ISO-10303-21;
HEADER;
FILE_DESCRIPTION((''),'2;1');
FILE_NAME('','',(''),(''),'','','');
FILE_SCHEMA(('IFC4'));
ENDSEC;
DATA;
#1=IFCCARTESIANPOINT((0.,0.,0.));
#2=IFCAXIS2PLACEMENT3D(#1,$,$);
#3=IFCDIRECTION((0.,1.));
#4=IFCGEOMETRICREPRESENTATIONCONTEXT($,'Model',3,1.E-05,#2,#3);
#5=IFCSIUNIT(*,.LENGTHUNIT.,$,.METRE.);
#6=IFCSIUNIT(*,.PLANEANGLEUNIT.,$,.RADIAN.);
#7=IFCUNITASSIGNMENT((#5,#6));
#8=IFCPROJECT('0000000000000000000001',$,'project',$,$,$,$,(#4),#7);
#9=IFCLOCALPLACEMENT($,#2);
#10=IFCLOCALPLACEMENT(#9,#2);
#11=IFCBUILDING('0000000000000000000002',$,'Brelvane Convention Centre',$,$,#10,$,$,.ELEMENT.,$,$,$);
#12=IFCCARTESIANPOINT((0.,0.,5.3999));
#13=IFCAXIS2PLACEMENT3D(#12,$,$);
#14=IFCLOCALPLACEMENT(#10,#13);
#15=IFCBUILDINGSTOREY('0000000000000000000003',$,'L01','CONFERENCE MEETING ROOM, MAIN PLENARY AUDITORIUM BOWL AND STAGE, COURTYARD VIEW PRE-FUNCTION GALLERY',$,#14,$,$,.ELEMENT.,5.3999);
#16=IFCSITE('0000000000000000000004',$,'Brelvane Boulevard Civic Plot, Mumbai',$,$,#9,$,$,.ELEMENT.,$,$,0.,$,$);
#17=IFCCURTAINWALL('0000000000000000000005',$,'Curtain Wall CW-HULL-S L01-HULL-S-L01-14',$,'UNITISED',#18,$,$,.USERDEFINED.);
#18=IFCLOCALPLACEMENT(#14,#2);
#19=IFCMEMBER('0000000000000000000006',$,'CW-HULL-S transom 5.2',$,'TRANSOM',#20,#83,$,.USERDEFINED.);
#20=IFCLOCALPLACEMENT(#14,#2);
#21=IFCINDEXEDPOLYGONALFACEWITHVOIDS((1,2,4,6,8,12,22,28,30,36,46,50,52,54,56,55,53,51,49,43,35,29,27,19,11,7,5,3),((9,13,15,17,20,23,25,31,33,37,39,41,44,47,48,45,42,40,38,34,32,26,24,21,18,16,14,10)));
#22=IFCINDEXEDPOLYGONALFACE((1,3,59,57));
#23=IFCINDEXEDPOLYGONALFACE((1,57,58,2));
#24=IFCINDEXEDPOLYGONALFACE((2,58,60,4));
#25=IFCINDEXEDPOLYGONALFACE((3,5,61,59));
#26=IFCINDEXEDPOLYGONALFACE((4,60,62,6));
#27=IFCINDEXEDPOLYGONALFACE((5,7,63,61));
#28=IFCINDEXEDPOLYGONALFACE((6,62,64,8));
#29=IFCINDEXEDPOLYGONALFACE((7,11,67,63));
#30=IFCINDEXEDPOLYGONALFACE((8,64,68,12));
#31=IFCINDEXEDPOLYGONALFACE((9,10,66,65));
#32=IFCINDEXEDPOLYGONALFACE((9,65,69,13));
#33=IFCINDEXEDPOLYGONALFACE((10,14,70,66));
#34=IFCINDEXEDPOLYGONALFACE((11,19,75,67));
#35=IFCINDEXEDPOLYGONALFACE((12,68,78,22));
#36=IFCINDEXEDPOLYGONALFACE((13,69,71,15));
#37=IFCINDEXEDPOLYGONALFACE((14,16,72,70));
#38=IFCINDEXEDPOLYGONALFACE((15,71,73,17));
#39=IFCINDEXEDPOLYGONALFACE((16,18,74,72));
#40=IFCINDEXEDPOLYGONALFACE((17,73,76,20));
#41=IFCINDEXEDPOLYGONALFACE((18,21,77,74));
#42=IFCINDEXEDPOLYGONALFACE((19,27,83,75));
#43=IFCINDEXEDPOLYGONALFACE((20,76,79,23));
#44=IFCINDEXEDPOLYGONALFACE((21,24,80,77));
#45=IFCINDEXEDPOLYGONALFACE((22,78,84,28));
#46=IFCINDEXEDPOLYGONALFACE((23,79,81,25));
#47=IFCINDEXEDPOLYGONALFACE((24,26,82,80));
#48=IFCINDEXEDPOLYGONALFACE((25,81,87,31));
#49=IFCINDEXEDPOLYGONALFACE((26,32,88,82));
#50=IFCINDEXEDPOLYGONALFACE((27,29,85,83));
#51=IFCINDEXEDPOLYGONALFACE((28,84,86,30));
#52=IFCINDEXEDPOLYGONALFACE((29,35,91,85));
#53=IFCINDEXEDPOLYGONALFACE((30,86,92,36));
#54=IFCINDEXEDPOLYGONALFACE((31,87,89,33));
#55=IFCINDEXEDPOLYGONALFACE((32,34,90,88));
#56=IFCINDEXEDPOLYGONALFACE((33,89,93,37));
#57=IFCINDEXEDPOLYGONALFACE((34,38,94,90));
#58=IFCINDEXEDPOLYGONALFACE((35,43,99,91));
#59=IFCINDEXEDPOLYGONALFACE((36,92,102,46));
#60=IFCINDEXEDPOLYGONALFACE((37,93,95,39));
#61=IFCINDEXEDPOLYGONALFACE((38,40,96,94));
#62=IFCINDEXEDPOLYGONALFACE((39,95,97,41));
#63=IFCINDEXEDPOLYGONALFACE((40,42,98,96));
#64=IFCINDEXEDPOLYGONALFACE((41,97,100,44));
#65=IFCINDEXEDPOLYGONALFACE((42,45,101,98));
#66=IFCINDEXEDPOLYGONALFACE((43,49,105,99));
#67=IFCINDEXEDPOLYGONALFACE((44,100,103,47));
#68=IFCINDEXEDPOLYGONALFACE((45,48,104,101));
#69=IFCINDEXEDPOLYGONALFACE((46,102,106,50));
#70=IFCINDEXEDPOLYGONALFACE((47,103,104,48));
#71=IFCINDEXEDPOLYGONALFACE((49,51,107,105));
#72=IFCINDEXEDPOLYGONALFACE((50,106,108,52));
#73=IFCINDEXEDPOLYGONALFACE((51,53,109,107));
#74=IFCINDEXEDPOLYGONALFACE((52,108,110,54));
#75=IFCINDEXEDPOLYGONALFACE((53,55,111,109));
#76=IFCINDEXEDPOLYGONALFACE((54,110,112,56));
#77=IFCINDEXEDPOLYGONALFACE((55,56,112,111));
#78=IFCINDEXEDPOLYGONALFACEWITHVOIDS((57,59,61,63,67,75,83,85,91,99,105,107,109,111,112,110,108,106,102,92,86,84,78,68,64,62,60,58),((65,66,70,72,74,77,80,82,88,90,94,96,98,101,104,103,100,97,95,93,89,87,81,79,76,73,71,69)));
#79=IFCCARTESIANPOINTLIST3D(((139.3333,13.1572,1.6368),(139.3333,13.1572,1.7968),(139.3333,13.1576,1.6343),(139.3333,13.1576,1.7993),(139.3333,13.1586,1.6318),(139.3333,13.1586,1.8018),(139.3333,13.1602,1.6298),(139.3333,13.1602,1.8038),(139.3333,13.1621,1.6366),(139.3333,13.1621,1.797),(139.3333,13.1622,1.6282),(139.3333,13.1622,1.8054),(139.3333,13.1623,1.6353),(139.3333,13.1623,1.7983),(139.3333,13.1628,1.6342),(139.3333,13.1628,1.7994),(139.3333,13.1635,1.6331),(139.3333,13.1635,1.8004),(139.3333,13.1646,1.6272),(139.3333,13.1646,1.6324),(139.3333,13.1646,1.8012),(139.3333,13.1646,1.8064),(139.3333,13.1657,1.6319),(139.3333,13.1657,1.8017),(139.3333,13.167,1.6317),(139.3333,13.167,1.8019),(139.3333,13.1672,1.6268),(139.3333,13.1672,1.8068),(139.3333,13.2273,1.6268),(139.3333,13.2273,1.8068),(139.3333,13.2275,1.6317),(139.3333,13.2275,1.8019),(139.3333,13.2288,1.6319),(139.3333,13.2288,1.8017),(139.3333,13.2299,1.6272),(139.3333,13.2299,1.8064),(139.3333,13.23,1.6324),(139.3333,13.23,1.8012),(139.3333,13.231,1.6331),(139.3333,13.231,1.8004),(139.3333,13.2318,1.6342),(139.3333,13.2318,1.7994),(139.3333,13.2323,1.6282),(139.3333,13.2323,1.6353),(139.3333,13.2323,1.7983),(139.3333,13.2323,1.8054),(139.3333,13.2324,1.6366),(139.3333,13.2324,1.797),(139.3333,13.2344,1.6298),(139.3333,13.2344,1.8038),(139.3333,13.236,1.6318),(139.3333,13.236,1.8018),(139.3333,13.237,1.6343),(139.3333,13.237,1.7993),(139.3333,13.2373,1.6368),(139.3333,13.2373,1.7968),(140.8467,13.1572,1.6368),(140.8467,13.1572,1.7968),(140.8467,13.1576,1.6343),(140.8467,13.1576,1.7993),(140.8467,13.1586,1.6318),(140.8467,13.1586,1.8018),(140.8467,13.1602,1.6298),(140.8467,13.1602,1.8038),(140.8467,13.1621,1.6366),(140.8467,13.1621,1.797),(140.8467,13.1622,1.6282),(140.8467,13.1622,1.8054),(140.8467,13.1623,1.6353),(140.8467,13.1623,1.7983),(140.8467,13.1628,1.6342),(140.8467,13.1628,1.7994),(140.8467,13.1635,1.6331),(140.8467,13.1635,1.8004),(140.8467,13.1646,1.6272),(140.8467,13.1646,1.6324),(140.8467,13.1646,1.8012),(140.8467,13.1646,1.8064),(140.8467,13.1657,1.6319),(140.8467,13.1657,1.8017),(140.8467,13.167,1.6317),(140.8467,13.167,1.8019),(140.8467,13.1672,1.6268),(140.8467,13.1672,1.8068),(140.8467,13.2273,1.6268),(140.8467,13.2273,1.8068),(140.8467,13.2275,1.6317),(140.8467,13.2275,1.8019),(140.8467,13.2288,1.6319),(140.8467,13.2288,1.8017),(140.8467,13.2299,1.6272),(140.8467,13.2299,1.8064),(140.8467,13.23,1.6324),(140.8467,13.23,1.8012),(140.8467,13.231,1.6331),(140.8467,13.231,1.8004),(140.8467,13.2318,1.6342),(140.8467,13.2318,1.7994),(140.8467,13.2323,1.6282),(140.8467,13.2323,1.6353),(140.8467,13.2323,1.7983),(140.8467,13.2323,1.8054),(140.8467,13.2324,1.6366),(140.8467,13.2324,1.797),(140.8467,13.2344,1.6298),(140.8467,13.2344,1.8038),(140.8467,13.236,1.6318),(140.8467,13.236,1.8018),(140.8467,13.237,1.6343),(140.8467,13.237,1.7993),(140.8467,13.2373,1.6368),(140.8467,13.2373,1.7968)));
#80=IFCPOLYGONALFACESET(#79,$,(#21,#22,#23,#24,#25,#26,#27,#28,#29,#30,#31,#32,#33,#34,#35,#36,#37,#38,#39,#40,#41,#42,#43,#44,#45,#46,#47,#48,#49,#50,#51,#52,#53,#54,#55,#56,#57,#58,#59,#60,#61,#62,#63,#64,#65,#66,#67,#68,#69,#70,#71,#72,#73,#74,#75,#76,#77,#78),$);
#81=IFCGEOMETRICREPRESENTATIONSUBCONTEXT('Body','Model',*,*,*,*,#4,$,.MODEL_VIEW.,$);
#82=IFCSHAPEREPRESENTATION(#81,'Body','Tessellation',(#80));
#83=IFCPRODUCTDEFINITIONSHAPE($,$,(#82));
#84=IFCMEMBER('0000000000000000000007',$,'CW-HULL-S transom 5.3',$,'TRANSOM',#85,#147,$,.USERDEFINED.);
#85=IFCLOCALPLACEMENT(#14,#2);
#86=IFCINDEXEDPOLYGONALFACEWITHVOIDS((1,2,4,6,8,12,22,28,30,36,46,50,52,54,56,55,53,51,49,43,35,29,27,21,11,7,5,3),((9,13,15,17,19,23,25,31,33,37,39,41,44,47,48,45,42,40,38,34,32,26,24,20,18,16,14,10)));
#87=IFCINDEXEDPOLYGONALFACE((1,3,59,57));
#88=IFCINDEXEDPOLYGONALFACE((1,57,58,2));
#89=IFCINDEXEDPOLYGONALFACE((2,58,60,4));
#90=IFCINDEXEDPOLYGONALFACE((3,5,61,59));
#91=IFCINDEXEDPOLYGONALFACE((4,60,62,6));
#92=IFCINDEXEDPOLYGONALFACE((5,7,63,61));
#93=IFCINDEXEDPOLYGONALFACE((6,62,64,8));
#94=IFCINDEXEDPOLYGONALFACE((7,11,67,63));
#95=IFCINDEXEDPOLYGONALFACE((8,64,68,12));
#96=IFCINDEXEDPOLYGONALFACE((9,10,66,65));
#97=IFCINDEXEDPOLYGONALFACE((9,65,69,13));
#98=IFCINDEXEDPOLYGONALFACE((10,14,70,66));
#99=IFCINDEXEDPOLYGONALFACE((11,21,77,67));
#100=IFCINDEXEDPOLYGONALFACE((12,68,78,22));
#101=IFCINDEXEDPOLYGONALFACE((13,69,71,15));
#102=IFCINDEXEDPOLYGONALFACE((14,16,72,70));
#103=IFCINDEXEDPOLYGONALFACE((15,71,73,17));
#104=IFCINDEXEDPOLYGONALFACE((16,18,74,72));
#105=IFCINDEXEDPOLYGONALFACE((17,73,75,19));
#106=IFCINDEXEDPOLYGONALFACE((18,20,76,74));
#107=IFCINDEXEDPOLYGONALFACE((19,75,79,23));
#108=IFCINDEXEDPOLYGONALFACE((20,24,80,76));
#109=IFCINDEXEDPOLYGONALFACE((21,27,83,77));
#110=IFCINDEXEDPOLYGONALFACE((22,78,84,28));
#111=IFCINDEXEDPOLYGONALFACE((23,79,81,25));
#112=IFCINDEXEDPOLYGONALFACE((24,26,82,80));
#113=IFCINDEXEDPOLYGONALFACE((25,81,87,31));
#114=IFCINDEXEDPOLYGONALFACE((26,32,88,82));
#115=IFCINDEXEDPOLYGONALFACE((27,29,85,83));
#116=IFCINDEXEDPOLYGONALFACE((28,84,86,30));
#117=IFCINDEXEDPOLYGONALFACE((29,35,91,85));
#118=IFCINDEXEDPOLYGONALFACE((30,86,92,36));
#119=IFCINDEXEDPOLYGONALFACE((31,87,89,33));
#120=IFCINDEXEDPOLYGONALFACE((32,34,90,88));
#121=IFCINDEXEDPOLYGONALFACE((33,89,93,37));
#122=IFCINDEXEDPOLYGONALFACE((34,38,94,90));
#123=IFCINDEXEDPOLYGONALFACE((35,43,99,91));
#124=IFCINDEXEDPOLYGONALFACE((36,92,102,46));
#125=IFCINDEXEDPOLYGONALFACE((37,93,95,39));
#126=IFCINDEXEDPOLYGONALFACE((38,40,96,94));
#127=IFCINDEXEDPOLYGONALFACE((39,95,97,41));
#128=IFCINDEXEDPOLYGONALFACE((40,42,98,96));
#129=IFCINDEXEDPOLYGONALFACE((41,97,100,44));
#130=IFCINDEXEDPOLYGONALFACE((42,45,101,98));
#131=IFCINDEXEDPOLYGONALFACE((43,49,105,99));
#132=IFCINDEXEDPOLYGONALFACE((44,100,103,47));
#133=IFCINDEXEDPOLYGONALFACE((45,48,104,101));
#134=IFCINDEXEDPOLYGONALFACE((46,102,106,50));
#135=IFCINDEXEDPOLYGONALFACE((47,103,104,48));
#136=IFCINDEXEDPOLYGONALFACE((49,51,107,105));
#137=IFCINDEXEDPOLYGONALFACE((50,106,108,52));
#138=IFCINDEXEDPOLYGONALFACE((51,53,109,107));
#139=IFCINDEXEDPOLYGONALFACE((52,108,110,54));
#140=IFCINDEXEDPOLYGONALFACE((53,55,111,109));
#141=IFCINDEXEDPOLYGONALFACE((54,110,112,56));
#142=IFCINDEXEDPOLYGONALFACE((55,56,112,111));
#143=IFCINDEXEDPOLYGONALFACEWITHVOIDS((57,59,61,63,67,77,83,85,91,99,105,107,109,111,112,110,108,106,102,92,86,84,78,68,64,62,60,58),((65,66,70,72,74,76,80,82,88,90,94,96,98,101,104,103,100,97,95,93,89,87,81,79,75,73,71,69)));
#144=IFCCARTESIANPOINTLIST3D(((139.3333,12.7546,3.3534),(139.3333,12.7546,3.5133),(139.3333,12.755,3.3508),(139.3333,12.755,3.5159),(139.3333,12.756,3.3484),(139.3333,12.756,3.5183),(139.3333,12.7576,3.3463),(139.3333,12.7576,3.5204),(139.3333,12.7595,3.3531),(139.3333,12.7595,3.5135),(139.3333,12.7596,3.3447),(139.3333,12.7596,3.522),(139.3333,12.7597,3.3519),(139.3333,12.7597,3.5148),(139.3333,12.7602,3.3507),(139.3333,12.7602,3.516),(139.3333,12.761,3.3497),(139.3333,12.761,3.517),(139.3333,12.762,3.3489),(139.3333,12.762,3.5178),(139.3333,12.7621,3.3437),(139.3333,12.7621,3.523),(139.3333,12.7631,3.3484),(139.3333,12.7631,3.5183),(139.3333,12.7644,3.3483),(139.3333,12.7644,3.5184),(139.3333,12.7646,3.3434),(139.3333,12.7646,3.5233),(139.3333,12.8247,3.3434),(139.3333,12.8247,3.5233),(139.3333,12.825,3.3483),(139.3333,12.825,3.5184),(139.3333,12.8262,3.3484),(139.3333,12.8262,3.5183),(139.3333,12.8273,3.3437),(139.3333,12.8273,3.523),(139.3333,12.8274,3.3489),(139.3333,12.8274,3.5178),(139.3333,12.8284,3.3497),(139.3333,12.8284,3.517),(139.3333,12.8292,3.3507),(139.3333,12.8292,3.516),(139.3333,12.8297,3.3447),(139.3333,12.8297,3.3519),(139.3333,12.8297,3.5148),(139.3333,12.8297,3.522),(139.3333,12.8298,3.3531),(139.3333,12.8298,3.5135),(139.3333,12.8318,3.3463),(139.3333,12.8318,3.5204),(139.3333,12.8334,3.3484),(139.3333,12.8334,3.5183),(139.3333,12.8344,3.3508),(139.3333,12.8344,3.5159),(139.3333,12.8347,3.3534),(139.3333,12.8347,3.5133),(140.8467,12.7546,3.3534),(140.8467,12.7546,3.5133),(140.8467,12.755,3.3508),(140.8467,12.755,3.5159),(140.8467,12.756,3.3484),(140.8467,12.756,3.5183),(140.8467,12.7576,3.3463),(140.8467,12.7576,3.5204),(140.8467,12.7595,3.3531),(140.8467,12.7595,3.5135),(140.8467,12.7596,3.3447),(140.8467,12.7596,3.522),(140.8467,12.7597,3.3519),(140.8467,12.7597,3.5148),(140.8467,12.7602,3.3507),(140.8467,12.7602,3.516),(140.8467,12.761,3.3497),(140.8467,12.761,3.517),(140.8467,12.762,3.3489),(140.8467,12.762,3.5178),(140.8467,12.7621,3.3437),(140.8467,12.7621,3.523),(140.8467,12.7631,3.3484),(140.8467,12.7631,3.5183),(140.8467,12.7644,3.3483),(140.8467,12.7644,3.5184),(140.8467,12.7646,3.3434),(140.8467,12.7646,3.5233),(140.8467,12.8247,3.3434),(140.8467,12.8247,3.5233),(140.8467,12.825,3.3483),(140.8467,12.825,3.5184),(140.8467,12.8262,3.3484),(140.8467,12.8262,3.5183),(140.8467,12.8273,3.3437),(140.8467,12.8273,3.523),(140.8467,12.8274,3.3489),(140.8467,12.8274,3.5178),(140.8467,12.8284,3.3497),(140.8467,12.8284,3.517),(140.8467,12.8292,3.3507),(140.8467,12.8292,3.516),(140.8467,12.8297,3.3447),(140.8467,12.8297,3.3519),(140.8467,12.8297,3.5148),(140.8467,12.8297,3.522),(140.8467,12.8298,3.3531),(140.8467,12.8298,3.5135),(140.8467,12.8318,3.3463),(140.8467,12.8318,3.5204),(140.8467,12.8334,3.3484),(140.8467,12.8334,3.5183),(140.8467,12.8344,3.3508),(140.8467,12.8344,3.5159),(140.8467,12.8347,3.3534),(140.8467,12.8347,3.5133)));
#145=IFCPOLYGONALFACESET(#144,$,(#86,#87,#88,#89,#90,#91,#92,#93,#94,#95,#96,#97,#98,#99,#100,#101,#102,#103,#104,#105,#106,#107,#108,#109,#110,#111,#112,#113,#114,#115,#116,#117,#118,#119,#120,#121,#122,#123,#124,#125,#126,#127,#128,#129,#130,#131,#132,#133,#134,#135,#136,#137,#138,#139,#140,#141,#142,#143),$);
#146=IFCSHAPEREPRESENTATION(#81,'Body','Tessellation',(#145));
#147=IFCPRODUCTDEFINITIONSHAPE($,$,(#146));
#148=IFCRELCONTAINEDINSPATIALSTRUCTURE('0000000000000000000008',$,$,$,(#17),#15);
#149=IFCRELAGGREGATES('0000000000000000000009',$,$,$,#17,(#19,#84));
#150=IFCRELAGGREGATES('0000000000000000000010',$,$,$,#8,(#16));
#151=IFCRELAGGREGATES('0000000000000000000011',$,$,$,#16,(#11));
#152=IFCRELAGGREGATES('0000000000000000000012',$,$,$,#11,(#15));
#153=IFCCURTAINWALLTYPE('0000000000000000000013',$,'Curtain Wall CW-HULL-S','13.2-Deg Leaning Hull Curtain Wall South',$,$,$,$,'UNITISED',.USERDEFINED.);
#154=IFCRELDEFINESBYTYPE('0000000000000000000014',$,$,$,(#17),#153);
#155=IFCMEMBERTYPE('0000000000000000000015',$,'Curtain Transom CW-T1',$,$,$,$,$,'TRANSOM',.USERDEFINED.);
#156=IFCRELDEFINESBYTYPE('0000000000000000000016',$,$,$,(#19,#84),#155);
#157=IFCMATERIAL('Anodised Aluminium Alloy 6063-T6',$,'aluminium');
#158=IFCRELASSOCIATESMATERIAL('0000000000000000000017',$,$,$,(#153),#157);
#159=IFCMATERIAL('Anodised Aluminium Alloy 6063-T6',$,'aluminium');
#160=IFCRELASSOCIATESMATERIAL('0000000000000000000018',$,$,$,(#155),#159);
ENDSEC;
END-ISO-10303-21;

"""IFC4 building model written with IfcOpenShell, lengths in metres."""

from ifc_helpers import new_model, si_unit, direction, frame, origin, origin_2d, place, context, subcontext, project, spatial, hollow_rectangle, extrude, material, material_profile, profile_set, type_object, element, aggregate, save


model = new_model("IFC4")

# Units and contexts
model_context = context("Model", 3, precision=1e-05, world=origin(), true_north=direction((0.0, 1.0)))
body_context = subcontext(model_context, "Body", "Model", "MODEL_VIEW")
ifc_project = project(units=[si_unit("LENGTHUNIT", "METRE"), si_unit("PLANEANGLEUNIT", "RADIAN")], contexts=[model_context])

# Site, building, storey
site_placement = place(None, origin())
site = spatial("IfcSite", under=ifc_project, at=site_placement, Name="Brelvane Boulevard Civic Plot, Mumbai", CompositionType="ELEMENT", RefElevation=0.0)
building_placement = place(site_placement, origin())
building = spatial("IfcBuilding", under=site, at=building_placement, Name="Brelvane Convention Centre", CompositionType="ELEMENT")
storey_placement = place(building_placement, frame((0.0, 0.0, 5.3999)))
storey = spatial("IfcBuildingStorey", under=building, at=storey_placement, Name="L01", Description="CONFERENCE MEETING ROOM, MAIN PLENARY AUDITORIUM BOWL AND STAGE, COURTYARD VIEW PRE-FUNCTION GALLERY", CompositionType="ELEMENT", Elevation=5.3999)

# Curtain wall, members
ifc_material_1 = material(Name="Anodised Aluminium Alloy 6063-T6", Category="aluminium")
curtain_wall_type = type_object("IfcCurtainWallType", Name="Curtain Wall CW-HULL-S", Description="13.2-Deg Leaning Hull Curtain Wall South", ElementType="UNITISED", PredefinedType="USERDEFINED", material=ifc_material_1)
curtain_wall_1_placement = place(storey_placement, origin())
curtain_wall_1 = element("IfcCurtainWall", 1, at=curtain_wall_1_placement, inside=storey, type_object=curtain_wall_type, Name="Curtain Wall CW-HULL-S L01-HULL-S-L01-14", ObjectType="UNITISED", PredefinedType="USERDEFINED")
ifc_material_2 = material(Name="Anodised Aluminium Alloy 6063-T6", Category="aluminium")
ifc_material_profile_1 = material_profile(ifc_material_2, hollow_rectangle(XDim=0.0801, YDim=0.1799, WallThickness=0.0049, InnerFilletRadius=0.0049, OuterFilletRadius=0.01, at=origin_2d()), Name="ALU-T 180x80x5.0")
ifc_profile_set_1 = profile_set([ifc_material_profile_1], Name="Anodised Aluminium Alloy 6063-T6")
member_type_1 = type_object("IfcMemberType", Name="Curtain Transom CW-T1", ElementType="TRANSOM", PredefinedType="USERDEFINED", material=ifc_profile_set_1)
member_1_placement = place(storey_placement, frame((139.3333, 13.1973, 1.7168), z_axis=(1.0, 0.0, 0.0), x_axis=(0.0, 1.0, 0.0)))
member_1 = element("IfcMember", 2, at=member_1_placement, type_object=member_type_1, Name="CW-HULL-S transom 5.2", ObjectType="TRANSOM", PredefinedType="USERDEFINED", context=body_context, shape_type="SweptSolid", body=[
    extrude(hollow_rectangle(XDim=0.0801, YDim=0.1799, WallThickness=0.0049, InnerFilletRadius=0.0049, OuterFilletRadius=0.01, at=origin_2d()), origin(), (0.0, 0.0, 1.0), 1.5134),
])
member_2_placement = place(storey_placement, frame((139.3333, 12.7947, 3.4333), z_axis=(1.0, 0.0, 0.0), x_axis=(0.0, 1.0, 0.0)))
member_2 = element("IfcMember", 3, at=member_2_placement, type_object=member_type_1, Name="CW-HULL-S transom 5.3", ObjectType="TRANSOM", PredefinedType="USERDEFINED", context=body_context, shape_type="SweptSolid", body=[
    extrude(hollow_rectangle(XDim=0.0801, YDim=0.1799, WallThickness=0.0049, InnerFilletRadius=0.0049, OuterFilletRadius=0.01, at=origin_2d()), origin(), (0.0, 0.0, 1.0), 1.5134),
])

aggregate(curtain_wall_1, [member_1, member_2])

save(model, "model.ifc")
